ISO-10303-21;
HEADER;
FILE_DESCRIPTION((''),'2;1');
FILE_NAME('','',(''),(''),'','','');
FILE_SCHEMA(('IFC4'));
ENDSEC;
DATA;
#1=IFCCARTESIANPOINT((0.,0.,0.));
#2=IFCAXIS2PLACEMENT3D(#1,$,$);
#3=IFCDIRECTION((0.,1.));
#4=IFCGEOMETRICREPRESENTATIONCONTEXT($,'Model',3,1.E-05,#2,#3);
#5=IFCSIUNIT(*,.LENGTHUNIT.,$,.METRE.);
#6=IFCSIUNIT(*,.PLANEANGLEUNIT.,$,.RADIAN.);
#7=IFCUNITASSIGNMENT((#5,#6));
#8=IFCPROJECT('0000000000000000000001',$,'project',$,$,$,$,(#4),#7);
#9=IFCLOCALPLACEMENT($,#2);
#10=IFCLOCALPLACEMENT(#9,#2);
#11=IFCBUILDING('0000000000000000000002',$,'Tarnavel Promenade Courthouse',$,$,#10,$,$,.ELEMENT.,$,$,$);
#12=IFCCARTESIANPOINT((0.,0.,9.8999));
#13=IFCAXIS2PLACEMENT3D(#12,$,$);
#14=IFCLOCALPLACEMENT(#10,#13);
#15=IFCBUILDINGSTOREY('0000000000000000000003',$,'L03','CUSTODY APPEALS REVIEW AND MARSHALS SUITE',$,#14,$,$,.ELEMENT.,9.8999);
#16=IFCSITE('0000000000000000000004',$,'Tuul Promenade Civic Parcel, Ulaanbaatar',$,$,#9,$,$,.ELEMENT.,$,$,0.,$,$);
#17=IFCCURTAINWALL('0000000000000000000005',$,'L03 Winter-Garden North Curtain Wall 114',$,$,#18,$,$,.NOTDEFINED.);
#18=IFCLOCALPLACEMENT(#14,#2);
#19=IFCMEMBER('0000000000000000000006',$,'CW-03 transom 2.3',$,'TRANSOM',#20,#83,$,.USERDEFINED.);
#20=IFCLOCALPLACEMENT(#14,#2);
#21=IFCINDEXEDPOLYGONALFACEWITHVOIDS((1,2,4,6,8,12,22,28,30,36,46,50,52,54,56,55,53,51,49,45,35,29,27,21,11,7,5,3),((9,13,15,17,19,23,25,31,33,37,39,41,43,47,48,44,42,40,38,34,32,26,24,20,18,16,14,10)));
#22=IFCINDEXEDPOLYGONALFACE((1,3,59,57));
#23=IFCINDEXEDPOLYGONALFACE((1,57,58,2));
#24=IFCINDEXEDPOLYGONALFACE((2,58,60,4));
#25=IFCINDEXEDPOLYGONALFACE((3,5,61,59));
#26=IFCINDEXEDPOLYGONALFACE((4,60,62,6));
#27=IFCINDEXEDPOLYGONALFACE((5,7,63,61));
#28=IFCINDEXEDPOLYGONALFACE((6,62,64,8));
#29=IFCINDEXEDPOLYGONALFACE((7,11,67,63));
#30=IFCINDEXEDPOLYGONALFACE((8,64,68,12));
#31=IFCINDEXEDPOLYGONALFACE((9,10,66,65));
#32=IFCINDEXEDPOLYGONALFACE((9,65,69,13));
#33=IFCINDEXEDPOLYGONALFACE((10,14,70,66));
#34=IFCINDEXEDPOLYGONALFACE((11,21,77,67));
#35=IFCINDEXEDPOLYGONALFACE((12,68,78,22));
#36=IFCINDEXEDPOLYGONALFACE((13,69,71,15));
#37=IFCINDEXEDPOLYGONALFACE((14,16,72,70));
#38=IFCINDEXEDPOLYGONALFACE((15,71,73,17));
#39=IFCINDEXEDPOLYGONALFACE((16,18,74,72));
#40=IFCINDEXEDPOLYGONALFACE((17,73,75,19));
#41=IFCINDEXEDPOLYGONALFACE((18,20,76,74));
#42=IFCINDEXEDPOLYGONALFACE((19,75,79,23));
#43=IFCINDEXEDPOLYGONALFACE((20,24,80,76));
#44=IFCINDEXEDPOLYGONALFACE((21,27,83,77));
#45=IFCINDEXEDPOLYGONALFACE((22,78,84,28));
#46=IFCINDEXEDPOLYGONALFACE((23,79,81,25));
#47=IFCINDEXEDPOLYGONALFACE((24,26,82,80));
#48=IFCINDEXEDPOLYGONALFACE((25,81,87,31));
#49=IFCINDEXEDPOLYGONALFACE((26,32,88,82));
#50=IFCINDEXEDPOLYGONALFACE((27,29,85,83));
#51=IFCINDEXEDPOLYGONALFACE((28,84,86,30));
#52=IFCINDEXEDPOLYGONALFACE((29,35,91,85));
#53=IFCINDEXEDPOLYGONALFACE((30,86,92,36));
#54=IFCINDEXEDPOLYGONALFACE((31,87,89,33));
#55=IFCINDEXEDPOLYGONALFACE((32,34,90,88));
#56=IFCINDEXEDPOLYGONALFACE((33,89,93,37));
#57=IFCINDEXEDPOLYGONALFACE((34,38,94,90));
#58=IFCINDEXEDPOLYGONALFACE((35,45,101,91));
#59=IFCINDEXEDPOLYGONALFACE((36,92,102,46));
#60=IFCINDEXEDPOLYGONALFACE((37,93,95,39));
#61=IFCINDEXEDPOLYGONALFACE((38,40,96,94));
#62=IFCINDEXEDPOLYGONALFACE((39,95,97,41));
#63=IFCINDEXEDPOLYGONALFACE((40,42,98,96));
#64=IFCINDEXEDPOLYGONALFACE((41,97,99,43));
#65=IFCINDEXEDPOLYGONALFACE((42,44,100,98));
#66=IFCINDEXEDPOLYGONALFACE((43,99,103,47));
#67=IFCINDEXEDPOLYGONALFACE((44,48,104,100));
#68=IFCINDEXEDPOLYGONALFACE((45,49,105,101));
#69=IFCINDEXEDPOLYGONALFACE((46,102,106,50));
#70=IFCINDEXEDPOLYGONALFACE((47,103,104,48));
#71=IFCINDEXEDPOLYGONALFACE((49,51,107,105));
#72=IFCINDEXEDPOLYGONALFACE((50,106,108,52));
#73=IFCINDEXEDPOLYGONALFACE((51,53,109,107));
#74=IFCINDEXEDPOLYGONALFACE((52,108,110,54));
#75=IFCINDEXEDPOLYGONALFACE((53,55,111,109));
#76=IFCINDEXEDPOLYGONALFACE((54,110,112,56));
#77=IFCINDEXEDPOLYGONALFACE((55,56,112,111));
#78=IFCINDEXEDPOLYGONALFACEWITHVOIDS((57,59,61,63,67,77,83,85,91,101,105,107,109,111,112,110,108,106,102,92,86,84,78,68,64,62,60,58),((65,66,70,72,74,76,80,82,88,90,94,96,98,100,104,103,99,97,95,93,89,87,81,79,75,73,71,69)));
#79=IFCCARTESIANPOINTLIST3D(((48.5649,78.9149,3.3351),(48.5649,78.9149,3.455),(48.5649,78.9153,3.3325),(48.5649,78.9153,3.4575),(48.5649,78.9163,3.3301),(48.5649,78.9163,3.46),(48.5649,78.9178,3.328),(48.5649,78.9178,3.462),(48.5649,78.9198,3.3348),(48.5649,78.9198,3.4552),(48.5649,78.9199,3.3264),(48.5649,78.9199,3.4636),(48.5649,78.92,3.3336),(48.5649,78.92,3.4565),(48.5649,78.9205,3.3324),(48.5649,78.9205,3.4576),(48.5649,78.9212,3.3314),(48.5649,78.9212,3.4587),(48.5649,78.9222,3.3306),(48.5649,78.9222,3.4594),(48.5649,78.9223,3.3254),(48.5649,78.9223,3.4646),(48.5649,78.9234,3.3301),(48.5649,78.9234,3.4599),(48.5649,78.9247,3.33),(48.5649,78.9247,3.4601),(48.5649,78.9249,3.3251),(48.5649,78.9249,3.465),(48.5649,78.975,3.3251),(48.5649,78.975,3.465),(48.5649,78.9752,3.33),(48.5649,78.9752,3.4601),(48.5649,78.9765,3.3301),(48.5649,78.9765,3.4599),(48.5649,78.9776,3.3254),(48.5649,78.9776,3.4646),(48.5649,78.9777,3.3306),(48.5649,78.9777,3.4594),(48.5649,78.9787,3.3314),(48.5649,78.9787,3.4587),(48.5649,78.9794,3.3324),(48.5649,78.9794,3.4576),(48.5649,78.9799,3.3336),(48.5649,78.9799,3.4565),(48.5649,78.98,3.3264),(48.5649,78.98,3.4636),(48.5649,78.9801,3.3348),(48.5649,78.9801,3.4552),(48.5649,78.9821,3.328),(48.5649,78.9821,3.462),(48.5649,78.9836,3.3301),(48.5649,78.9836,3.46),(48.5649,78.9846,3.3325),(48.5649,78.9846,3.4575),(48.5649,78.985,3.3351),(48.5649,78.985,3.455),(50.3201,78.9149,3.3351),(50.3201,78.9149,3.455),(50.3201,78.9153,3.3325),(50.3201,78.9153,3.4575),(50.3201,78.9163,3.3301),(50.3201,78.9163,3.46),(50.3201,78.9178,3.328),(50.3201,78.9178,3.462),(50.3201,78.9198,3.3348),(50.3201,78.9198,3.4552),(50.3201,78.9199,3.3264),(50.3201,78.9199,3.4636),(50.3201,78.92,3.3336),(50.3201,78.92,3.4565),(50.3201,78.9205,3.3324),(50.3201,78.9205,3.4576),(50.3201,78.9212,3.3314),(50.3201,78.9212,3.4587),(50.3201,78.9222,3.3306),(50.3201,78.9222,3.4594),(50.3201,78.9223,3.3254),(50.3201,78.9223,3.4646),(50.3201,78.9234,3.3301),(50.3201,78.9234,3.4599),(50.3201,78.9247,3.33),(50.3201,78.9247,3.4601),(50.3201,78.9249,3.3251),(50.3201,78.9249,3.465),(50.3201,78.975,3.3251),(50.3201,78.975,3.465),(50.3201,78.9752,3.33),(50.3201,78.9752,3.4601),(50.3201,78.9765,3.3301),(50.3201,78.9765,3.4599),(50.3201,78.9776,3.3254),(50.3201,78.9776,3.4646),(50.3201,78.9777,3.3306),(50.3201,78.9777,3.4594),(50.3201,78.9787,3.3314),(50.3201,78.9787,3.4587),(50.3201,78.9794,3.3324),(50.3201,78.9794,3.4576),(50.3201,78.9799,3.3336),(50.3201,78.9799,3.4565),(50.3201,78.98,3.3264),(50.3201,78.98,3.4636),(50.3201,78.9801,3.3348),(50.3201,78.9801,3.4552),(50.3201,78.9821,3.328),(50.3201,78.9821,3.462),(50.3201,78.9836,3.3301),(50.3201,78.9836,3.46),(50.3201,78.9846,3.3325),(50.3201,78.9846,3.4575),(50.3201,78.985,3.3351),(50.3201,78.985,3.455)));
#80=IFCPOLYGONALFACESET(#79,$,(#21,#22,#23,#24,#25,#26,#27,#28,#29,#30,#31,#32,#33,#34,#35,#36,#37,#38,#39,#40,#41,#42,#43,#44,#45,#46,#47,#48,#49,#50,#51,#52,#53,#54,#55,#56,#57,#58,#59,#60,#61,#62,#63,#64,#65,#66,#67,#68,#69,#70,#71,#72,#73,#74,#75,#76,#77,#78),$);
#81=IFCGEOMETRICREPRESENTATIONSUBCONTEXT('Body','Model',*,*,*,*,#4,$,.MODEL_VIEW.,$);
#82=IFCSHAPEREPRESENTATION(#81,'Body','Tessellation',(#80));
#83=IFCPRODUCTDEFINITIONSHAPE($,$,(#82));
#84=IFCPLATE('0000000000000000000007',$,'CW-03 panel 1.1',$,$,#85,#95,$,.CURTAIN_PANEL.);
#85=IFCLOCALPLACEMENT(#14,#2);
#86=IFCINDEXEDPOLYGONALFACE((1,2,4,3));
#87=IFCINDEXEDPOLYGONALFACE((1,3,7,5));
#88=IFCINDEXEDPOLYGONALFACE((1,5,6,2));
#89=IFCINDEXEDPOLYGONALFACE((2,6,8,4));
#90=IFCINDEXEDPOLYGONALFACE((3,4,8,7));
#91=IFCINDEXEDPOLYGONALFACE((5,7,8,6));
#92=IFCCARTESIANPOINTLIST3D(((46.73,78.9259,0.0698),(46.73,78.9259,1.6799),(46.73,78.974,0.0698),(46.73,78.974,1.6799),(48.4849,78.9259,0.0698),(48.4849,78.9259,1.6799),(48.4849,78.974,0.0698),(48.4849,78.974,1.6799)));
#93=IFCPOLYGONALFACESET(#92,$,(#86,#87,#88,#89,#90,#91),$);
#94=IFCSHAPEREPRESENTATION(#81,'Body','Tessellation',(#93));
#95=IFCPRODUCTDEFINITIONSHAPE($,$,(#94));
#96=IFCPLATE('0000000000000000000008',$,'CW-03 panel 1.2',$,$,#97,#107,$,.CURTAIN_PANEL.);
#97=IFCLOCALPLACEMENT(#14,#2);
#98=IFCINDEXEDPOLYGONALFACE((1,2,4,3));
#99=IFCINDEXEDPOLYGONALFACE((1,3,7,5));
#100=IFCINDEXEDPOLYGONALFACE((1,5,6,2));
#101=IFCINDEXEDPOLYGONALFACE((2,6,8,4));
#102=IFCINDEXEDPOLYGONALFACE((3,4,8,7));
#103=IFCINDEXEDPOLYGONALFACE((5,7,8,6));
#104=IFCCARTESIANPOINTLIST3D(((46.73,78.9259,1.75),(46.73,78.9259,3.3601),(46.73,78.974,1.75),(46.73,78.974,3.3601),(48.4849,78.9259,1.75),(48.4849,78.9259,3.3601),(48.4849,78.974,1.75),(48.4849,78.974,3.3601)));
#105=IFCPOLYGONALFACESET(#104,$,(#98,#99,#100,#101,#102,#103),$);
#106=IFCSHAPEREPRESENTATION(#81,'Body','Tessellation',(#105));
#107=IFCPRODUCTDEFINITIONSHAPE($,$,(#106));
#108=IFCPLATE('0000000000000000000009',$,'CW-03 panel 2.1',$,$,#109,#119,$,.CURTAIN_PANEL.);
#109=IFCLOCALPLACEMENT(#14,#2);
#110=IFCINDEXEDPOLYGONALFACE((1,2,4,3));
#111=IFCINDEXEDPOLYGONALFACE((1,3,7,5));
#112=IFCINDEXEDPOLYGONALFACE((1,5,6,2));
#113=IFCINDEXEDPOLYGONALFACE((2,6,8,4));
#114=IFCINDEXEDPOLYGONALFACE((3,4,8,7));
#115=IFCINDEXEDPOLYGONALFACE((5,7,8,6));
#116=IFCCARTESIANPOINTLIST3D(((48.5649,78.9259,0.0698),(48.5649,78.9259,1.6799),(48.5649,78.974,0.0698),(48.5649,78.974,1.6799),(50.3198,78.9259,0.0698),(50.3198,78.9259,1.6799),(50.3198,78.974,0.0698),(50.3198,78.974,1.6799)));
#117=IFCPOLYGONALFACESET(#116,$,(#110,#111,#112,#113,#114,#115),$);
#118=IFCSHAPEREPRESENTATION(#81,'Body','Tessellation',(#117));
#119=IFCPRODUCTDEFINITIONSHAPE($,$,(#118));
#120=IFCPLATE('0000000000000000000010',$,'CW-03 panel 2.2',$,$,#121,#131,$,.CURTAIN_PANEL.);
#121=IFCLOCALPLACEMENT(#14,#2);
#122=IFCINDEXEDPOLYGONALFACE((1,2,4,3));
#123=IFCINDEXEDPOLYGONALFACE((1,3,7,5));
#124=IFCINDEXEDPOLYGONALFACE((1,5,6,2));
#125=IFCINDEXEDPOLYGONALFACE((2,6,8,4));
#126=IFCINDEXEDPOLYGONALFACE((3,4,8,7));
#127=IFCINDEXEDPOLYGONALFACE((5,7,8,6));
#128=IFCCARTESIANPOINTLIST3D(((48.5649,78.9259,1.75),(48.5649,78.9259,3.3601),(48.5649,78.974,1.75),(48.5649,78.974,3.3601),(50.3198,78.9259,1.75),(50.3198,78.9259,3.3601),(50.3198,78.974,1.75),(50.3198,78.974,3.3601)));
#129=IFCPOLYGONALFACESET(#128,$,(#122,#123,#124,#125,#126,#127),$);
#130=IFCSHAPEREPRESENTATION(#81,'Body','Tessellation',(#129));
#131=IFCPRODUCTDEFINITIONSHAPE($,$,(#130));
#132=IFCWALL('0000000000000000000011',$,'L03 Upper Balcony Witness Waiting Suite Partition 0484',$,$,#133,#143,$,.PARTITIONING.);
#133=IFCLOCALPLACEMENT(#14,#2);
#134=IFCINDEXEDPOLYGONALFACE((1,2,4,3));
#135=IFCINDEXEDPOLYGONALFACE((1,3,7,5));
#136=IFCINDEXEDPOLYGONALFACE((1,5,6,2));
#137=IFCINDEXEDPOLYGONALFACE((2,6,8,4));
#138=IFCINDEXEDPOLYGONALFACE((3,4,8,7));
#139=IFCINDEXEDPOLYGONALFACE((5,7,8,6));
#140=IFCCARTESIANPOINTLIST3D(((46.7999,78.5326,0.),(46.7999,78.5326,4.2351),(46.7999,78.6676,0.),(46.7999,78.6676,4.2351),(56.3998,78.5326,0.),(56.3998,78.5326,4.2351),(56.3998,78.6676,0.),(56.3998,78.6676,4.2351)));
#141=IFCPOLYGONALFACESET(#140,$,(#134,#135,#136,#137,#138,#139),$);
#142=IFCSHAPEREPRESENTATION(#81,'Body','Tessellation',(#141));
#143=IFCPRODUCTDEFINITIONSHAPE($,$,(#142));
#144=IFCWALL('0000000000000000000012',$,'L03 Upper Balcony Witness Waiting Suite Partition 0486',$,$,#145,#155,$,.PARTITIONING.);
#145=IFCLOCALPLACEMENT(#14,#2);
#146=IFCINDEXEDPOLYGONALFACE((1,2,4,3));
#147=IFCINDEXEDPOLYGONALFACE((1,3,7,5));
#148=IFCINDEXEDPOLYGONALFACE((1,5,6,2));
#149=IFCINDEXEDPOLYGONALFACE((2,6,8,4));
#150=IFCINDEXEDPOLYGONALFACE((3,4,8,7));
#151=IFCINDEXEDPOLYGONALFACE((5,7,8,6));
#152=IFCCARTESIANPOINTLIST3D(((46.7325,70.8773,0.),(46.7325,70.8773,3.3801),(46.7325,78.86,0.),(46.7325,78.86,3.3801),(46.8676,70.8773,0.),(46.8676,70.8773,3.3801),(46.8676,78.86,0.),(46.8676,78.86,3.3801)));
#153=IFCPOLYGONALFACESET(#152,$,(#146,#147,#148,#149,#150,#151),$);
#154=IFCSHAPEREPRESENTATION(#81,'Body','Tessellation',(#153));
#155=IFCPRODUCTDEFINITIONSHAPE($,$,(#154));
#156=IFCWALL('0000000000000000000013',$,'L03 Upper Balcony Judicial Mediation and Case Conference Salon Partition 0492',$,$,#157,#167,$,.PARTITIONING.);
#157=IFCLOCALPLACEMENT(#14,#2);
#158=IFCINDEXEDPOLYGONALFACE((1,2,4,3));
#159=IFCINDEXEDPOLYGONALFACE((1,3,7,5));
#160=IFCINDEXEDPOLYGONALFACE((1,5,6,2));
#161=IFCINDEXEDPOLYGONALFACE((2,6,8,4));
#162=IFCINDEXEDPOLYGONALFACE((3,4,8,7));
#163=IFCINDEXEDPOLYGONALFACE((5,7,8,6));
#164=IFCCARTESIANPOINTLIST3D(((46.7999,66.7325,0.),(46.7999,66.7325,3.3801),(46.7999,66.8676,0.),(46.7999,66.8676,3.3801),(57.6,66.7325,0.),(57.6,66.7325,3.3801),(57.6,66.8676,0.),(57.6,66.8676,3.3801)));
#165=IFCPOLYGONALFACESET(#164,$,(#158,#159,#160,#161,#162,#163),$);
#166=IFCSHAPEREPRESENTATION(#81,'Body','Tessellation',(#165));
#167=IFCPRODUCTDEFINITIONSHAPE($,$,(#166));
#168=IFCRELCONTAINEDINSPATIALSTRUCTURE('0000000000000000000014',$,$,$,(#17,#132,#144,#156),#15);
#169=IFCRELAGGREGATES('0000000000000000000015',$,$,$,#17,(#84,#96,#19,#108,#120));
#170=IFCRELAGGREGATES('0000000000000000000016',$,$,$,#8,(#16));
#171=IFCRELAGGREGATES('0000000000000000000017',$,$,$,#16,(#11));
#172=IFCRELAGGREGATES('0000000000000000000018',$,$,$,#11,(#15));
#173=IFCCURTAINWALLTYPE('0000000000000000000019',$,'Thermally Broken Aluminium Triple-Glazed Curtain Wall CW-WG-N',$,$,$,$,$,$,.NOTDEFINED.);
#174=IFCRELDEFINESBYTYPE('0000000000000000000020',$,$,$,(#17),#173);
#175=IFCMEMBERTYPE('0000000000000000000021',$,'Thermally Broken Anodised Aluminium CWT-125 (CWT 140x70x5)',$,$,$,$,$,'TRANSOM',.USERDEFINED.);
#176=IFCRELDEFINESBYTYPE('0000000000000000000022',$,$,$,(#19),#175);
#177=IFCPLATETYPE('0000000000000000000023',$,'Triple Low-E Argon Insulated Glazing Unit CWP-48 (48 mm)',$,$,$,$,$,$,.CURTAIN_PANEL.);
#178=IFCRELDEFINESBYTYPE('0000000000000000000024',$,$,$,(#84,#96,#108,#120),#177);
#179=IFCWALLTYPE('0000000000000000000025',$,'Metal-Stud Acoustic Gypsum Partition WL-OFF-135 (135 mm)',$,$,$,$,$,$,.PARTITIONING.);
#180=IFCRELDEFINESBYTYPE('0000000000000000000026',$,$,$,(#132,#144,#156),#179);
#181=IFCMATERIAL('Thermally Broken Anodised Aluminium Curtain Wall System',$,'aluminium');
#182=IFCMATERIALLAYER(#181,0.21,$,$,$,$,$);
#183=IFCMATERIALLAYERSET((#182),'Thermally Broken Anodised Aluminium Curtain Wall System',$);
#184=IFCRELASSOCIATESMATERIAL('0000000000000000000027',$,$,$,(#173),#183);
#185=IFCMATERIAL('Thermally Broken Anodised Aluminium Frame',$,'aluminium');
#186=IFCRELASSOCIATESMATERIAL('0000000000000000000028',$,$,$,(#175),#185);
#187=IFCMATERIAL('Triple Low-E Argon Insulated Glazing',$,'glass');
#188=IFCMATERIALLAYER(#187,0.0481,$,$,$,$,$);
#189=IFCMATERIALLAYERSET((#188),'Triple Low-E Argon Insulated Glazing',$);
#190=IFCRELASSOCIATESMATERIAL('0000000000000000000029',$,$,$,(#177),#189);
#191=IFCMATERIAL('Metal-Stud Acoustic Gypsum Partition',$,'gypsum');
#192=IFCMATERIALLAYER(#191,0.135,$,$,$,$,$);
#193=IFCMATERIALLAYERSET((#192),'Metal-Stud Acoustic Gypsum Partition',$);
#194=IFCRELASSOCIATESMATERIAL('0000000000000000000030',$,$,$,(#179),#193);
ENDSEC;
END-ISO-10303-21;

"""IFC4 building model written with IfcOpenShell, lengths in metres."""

from ifc_helpers import new_model, si_unit, direction, frame, frame_2d, origin, origin_2d, place, context, subcontext, project, spatial, rectangle, hollow_rectangle, extrude, material, layer, layer_set, material_profile, profile_set, type_object, element, aggregate, save


model = new_model("IFC4")

# Units and contexts
model_context = context("Model", 3, precision=1e-05, world=origin(), true_north=direction((0.0, 1.0)))
body_context = subcontext(model_context, "Body", "Model", "MODEL_VIEW")
ifc_project = project(units=[si_unit("LENGTHUNIT", "METRE"), si_unit("PLANEANGLEUNIT", "RADIAN")], contexts=[model_context])

# Site, building, storey
site_placement = place(None, origin())
site = spatial("IfcSite", under=ifc_project, at=site_placement, Name="Tuul Promenade Civic Parcel, Ulaanbaatar", CompositionType="ELEMENT", RefElevation=0.0)
building_placement = place(site_placement, origin())
building = spatial("IfcBuilding", under=site, at=building_placement, Name="Tarnavel Promenade Courthouse", CompositionType="ELEMENT")
storey_placement = place(building_placement, frame((0.0, 0.0, 9.8999)))
storey = spatial("IfcBuildingStorey", under=building, at=storey_placement, Name="L03", Description="CUSTODY APPEALS REVIEW AND MARSHALS SUITE", CompositionType="ELEMENT", Elevation=9.8999)

# Curtain wall, member, plates
ifc_material_1 = material(Name="Thermally Broken Anodised Aluminium Curtain Wall System", Category="aluminium")
ifc_layer_1 = layer(ifc_material_1, 0.21)
ifc_layer_set_1 = layer_set([ifc_layer_1], Name="Thermally Broken Anodised Aluminium Curtain Wall System")
curtain_wall_type = type_object("IfcCurtainWallType", Name="Thermally Broken Aluminium Triple-Glazed Curtain Wall CW-WG-N", PredefinedType="NOTDEFINED", material=ifc_layer_set_1)
curtain_wall_placement = place(storey_placement, origin())
curtain_wall = element("IfcCurtainWall", 1, at=curtain_wall_placement, inside=storey, type_object=curtain_wall_type, Name="L03 Winter-Garden North Curtain Wall 114", PredefinedType="NOTDEFINED")
ifc_material_2 = material(Name="Thermally Broken Anodised Aluminium Frame", Category="aluminium")
ifc_material_profile_1 = material_profile(ifc_material_2, hollow_rectangle(XDim=0.0701, YDim=0.1399, WallThickness=0.0049, InnerFilletRadius=0.0049, OuterFilletRadius=0.01, at=origin_2d()), Name="CWT 140x70x5")
ifc_profile_set_1 = profile_set([ifc_material_profile_1], Name="Thermally Broken Anodised Aluminium Frame")
member_type_1 = type_object("IfcMemberType", Name="Thermally Broken Anodised Aluminium CWT-125 (CWT 140x70x5)", ElementType="TRANSOM", PredefinedType="USERDEFINED", material=ifc_profile_set_1)
member_1_placement = place(storey_placement, frame((48.5649, 78.95, 3.395), z_axis=(1.0, 0.0, 0.0), x_axis=(0.0, 1.0, 0.0)))
member_1 = element("IfcMember", 2, at=member_1_placement, type_object=member_type_1, Name="CW-03 transom 2.3", ObjectType="TRANSOM", PredefinedType="USERDEFINED", context=body_context, shape_type="SweptSolid", body=[
    extrude(hollow_rectangle(XDim=0.0701, YDim=0.1399, WallThickness=0.0049, InnerFilletRadius=0.0049, OuterFilletRadius=0.01, at=origin_2d()), origin(), (0.0, 0.0, 1.0), 1.7551),
])
ifc_material_3 = material(Name="Triple Low-E Argon Insulated Glazing", Category="glass")
ifc_layer_2 = layer(ifc_material_3, 0.0481)
ifc_layer_set_2 = layer_set([ifc_layer_2], Name="Triple Low-E Argon Insulated Glazing")
plate_type = type_object("IfcPlateType", Name="Triple Low-E Argon Insulated Glazing Unit CWP-48 (48 mm)", PredefinedType="CURTAIN_PANEL", material=ifc_layer_set_2)
plate_1_placement = place(storey_placement, frame((47.6074, 78.95, 0.0698), z_axis=(0.0, 0.0, 1.0), x_axis=(1.0, 0.0, 0.0)))
plate_1 = element("IfcPlate", 3, at=plate_1_placement, type_object=plate_type, Name="CW-03 panel 1.1", PredefinedType="CURTAIN_PANEL", context=body_context, shape_type="SweptSolid", body=[
    extrude(rectangle(XDim=1.7549, YDim=0.0481, at=origin_2d()), origin(), (0.0, 0.0, 1.0), 1.6101),
])
plate_2_placement = place(storey_placement, frame((47.6074, 78.95, 1.75), z_axis=(0.0, 0.0, 1.0), x_axis=(1.0, 0.0, 0.0)))
plate_2 = element("IfcPlate", 4, at=plate_2_placement, type_object=plate_type, Name="CW-03 panel 1.2", PredefinedType="CURTAIN_PANEL", context=body_context, shape_type="SweptSolid", body=[
    extrude(rectangle(XDim=1.7549, YDim=0.0481, at=origin_2d()), origin(), (0.0, 0.0, 1.0), 1.6101),
])
plate_3_placement = place(storey_placement, frame((49.4424, 78.95, 0.0698), z_axis=(0.0, 0.0, 1.0), x_axis=(1.0, 0.0, 0.0)))
plate_3 = element("IfcPlate", 5, at=plate_3_placement, type_object=plate_type, Name="CW-03 panel 2.1", PredefinedType="CURTAIN_PANEL", context=body_context, shape_type="SweptSolid", body=[
    extrude(rectangle(XDim=1.7549, YDim=0.0481, at=origin_2d()), origin(), (0.0, 0.0, 1.0), 1.6101),
])
plate_4_placement = place(storey_placement, frame((49.4424, 78.95, 1.75), z_axis=(0.0, 0.0, 1.0), x_axis=(1.0, 0.0, 0.0)))
plate_4 = element("IfcPlate", 6, at=plate_4_placement, type_object=plate_type, Name="CW-03 panel 2.2", PredefinedType="CURTAIN_PANEL", context=body_context, shape_type="SweptSolid", body=[
    extrude(rectangle(XDim=1.7549, YDim=0.0481, at=origin_2d()), origin(), (0.0, 0.0, 1.0), 1.6101),
])
aggregate(curtain_wall, [plate_1, plate_2, member_1, plate_3, plate_4])

# Walls
ifc_material_4 = material(Name="Metal-Stud Acoustic Gypsum Partition", Category="gypsum")
ifc_layer_3 = layer(ifc_material_4, 0.135)
ifc_layer_set_3 = layer_set([ifc_layer_3], Name="Metal-Stud Acoustic Gypsum Partition")
wall_type = type_object("IfcWallType", Name="Metal-Stud Acoustic Gypsum Partition WL-OFF-135 (135 mm)", PredefinedType="PARTITIONING", material=ifc_layer_set_3)
wall_1_placement = place(storey_placement, frame((46.8, 78.6001, 0.0), z_axis=(0.0, 0.0, 1.0), x_axis=(1.0, 0.0, 0.0)))
element("IfcWall", 7, at=wall_1_placement, inside=storey, type_object=wall_type, Name="L03 Upper Balcony Witness Waiting Suite Partition 0484", PredefinedType="PARTITIONING", context=body_context, shape_type="SweptSolid", body=[
    extrude(rectangle(XDim=9.5999, YDim=0.135, at=frame_2d((4.7998, 0.0))), origin(), (0.0, 0.0, 1.0), 4.2351),
])
wall_2_placement = place(storey_placement, frame((46.8, 70.8774, 0.0), z_axis=(0.0, 0.0, 1.0), x_axis=(0.0, 1.0, 0.0)))
element("IfcWall", 8, at=wall_2_placement, inside=storey, type_object=wall_type, Name="L03 Upper Balcony Witness Waiting Suite Partition 0486", PredefinedType="PARTITIONING", context=body_context, shape_type="SweptSolid", body=[
    extrude(rectangle(XDim=7.9827, YDim=0.135, at=frame_2d((3.9912, 0.0))), origin(), (0.0, 0.0, 1.0), 3.3801),
])
wall_3_placement = place(storey_placement, frame((46.8, 66.8, 0.0), z_axis=(0.0, 0.0, 1.0), x_axis=(1.0, 0.0, 0.0)))
element("IfcWall", 9, at=wall_3_placement, inside=storey, type_object=wall_type, Name="L03 Upper Balcony Judicial Mediation and Case Conference Salon Partition 0492", PredefinedType="PARTITIONING", context=body_context, shape_type="SweptSolid", body=[
    extrude(rectangle(XDim=10.8, YDim=0.135, at=frame_2d((5.3999, 0.0))), origin(), (0.0, 0.0, 1.0), 3.3801),
])

save(model, "model.ifc")
